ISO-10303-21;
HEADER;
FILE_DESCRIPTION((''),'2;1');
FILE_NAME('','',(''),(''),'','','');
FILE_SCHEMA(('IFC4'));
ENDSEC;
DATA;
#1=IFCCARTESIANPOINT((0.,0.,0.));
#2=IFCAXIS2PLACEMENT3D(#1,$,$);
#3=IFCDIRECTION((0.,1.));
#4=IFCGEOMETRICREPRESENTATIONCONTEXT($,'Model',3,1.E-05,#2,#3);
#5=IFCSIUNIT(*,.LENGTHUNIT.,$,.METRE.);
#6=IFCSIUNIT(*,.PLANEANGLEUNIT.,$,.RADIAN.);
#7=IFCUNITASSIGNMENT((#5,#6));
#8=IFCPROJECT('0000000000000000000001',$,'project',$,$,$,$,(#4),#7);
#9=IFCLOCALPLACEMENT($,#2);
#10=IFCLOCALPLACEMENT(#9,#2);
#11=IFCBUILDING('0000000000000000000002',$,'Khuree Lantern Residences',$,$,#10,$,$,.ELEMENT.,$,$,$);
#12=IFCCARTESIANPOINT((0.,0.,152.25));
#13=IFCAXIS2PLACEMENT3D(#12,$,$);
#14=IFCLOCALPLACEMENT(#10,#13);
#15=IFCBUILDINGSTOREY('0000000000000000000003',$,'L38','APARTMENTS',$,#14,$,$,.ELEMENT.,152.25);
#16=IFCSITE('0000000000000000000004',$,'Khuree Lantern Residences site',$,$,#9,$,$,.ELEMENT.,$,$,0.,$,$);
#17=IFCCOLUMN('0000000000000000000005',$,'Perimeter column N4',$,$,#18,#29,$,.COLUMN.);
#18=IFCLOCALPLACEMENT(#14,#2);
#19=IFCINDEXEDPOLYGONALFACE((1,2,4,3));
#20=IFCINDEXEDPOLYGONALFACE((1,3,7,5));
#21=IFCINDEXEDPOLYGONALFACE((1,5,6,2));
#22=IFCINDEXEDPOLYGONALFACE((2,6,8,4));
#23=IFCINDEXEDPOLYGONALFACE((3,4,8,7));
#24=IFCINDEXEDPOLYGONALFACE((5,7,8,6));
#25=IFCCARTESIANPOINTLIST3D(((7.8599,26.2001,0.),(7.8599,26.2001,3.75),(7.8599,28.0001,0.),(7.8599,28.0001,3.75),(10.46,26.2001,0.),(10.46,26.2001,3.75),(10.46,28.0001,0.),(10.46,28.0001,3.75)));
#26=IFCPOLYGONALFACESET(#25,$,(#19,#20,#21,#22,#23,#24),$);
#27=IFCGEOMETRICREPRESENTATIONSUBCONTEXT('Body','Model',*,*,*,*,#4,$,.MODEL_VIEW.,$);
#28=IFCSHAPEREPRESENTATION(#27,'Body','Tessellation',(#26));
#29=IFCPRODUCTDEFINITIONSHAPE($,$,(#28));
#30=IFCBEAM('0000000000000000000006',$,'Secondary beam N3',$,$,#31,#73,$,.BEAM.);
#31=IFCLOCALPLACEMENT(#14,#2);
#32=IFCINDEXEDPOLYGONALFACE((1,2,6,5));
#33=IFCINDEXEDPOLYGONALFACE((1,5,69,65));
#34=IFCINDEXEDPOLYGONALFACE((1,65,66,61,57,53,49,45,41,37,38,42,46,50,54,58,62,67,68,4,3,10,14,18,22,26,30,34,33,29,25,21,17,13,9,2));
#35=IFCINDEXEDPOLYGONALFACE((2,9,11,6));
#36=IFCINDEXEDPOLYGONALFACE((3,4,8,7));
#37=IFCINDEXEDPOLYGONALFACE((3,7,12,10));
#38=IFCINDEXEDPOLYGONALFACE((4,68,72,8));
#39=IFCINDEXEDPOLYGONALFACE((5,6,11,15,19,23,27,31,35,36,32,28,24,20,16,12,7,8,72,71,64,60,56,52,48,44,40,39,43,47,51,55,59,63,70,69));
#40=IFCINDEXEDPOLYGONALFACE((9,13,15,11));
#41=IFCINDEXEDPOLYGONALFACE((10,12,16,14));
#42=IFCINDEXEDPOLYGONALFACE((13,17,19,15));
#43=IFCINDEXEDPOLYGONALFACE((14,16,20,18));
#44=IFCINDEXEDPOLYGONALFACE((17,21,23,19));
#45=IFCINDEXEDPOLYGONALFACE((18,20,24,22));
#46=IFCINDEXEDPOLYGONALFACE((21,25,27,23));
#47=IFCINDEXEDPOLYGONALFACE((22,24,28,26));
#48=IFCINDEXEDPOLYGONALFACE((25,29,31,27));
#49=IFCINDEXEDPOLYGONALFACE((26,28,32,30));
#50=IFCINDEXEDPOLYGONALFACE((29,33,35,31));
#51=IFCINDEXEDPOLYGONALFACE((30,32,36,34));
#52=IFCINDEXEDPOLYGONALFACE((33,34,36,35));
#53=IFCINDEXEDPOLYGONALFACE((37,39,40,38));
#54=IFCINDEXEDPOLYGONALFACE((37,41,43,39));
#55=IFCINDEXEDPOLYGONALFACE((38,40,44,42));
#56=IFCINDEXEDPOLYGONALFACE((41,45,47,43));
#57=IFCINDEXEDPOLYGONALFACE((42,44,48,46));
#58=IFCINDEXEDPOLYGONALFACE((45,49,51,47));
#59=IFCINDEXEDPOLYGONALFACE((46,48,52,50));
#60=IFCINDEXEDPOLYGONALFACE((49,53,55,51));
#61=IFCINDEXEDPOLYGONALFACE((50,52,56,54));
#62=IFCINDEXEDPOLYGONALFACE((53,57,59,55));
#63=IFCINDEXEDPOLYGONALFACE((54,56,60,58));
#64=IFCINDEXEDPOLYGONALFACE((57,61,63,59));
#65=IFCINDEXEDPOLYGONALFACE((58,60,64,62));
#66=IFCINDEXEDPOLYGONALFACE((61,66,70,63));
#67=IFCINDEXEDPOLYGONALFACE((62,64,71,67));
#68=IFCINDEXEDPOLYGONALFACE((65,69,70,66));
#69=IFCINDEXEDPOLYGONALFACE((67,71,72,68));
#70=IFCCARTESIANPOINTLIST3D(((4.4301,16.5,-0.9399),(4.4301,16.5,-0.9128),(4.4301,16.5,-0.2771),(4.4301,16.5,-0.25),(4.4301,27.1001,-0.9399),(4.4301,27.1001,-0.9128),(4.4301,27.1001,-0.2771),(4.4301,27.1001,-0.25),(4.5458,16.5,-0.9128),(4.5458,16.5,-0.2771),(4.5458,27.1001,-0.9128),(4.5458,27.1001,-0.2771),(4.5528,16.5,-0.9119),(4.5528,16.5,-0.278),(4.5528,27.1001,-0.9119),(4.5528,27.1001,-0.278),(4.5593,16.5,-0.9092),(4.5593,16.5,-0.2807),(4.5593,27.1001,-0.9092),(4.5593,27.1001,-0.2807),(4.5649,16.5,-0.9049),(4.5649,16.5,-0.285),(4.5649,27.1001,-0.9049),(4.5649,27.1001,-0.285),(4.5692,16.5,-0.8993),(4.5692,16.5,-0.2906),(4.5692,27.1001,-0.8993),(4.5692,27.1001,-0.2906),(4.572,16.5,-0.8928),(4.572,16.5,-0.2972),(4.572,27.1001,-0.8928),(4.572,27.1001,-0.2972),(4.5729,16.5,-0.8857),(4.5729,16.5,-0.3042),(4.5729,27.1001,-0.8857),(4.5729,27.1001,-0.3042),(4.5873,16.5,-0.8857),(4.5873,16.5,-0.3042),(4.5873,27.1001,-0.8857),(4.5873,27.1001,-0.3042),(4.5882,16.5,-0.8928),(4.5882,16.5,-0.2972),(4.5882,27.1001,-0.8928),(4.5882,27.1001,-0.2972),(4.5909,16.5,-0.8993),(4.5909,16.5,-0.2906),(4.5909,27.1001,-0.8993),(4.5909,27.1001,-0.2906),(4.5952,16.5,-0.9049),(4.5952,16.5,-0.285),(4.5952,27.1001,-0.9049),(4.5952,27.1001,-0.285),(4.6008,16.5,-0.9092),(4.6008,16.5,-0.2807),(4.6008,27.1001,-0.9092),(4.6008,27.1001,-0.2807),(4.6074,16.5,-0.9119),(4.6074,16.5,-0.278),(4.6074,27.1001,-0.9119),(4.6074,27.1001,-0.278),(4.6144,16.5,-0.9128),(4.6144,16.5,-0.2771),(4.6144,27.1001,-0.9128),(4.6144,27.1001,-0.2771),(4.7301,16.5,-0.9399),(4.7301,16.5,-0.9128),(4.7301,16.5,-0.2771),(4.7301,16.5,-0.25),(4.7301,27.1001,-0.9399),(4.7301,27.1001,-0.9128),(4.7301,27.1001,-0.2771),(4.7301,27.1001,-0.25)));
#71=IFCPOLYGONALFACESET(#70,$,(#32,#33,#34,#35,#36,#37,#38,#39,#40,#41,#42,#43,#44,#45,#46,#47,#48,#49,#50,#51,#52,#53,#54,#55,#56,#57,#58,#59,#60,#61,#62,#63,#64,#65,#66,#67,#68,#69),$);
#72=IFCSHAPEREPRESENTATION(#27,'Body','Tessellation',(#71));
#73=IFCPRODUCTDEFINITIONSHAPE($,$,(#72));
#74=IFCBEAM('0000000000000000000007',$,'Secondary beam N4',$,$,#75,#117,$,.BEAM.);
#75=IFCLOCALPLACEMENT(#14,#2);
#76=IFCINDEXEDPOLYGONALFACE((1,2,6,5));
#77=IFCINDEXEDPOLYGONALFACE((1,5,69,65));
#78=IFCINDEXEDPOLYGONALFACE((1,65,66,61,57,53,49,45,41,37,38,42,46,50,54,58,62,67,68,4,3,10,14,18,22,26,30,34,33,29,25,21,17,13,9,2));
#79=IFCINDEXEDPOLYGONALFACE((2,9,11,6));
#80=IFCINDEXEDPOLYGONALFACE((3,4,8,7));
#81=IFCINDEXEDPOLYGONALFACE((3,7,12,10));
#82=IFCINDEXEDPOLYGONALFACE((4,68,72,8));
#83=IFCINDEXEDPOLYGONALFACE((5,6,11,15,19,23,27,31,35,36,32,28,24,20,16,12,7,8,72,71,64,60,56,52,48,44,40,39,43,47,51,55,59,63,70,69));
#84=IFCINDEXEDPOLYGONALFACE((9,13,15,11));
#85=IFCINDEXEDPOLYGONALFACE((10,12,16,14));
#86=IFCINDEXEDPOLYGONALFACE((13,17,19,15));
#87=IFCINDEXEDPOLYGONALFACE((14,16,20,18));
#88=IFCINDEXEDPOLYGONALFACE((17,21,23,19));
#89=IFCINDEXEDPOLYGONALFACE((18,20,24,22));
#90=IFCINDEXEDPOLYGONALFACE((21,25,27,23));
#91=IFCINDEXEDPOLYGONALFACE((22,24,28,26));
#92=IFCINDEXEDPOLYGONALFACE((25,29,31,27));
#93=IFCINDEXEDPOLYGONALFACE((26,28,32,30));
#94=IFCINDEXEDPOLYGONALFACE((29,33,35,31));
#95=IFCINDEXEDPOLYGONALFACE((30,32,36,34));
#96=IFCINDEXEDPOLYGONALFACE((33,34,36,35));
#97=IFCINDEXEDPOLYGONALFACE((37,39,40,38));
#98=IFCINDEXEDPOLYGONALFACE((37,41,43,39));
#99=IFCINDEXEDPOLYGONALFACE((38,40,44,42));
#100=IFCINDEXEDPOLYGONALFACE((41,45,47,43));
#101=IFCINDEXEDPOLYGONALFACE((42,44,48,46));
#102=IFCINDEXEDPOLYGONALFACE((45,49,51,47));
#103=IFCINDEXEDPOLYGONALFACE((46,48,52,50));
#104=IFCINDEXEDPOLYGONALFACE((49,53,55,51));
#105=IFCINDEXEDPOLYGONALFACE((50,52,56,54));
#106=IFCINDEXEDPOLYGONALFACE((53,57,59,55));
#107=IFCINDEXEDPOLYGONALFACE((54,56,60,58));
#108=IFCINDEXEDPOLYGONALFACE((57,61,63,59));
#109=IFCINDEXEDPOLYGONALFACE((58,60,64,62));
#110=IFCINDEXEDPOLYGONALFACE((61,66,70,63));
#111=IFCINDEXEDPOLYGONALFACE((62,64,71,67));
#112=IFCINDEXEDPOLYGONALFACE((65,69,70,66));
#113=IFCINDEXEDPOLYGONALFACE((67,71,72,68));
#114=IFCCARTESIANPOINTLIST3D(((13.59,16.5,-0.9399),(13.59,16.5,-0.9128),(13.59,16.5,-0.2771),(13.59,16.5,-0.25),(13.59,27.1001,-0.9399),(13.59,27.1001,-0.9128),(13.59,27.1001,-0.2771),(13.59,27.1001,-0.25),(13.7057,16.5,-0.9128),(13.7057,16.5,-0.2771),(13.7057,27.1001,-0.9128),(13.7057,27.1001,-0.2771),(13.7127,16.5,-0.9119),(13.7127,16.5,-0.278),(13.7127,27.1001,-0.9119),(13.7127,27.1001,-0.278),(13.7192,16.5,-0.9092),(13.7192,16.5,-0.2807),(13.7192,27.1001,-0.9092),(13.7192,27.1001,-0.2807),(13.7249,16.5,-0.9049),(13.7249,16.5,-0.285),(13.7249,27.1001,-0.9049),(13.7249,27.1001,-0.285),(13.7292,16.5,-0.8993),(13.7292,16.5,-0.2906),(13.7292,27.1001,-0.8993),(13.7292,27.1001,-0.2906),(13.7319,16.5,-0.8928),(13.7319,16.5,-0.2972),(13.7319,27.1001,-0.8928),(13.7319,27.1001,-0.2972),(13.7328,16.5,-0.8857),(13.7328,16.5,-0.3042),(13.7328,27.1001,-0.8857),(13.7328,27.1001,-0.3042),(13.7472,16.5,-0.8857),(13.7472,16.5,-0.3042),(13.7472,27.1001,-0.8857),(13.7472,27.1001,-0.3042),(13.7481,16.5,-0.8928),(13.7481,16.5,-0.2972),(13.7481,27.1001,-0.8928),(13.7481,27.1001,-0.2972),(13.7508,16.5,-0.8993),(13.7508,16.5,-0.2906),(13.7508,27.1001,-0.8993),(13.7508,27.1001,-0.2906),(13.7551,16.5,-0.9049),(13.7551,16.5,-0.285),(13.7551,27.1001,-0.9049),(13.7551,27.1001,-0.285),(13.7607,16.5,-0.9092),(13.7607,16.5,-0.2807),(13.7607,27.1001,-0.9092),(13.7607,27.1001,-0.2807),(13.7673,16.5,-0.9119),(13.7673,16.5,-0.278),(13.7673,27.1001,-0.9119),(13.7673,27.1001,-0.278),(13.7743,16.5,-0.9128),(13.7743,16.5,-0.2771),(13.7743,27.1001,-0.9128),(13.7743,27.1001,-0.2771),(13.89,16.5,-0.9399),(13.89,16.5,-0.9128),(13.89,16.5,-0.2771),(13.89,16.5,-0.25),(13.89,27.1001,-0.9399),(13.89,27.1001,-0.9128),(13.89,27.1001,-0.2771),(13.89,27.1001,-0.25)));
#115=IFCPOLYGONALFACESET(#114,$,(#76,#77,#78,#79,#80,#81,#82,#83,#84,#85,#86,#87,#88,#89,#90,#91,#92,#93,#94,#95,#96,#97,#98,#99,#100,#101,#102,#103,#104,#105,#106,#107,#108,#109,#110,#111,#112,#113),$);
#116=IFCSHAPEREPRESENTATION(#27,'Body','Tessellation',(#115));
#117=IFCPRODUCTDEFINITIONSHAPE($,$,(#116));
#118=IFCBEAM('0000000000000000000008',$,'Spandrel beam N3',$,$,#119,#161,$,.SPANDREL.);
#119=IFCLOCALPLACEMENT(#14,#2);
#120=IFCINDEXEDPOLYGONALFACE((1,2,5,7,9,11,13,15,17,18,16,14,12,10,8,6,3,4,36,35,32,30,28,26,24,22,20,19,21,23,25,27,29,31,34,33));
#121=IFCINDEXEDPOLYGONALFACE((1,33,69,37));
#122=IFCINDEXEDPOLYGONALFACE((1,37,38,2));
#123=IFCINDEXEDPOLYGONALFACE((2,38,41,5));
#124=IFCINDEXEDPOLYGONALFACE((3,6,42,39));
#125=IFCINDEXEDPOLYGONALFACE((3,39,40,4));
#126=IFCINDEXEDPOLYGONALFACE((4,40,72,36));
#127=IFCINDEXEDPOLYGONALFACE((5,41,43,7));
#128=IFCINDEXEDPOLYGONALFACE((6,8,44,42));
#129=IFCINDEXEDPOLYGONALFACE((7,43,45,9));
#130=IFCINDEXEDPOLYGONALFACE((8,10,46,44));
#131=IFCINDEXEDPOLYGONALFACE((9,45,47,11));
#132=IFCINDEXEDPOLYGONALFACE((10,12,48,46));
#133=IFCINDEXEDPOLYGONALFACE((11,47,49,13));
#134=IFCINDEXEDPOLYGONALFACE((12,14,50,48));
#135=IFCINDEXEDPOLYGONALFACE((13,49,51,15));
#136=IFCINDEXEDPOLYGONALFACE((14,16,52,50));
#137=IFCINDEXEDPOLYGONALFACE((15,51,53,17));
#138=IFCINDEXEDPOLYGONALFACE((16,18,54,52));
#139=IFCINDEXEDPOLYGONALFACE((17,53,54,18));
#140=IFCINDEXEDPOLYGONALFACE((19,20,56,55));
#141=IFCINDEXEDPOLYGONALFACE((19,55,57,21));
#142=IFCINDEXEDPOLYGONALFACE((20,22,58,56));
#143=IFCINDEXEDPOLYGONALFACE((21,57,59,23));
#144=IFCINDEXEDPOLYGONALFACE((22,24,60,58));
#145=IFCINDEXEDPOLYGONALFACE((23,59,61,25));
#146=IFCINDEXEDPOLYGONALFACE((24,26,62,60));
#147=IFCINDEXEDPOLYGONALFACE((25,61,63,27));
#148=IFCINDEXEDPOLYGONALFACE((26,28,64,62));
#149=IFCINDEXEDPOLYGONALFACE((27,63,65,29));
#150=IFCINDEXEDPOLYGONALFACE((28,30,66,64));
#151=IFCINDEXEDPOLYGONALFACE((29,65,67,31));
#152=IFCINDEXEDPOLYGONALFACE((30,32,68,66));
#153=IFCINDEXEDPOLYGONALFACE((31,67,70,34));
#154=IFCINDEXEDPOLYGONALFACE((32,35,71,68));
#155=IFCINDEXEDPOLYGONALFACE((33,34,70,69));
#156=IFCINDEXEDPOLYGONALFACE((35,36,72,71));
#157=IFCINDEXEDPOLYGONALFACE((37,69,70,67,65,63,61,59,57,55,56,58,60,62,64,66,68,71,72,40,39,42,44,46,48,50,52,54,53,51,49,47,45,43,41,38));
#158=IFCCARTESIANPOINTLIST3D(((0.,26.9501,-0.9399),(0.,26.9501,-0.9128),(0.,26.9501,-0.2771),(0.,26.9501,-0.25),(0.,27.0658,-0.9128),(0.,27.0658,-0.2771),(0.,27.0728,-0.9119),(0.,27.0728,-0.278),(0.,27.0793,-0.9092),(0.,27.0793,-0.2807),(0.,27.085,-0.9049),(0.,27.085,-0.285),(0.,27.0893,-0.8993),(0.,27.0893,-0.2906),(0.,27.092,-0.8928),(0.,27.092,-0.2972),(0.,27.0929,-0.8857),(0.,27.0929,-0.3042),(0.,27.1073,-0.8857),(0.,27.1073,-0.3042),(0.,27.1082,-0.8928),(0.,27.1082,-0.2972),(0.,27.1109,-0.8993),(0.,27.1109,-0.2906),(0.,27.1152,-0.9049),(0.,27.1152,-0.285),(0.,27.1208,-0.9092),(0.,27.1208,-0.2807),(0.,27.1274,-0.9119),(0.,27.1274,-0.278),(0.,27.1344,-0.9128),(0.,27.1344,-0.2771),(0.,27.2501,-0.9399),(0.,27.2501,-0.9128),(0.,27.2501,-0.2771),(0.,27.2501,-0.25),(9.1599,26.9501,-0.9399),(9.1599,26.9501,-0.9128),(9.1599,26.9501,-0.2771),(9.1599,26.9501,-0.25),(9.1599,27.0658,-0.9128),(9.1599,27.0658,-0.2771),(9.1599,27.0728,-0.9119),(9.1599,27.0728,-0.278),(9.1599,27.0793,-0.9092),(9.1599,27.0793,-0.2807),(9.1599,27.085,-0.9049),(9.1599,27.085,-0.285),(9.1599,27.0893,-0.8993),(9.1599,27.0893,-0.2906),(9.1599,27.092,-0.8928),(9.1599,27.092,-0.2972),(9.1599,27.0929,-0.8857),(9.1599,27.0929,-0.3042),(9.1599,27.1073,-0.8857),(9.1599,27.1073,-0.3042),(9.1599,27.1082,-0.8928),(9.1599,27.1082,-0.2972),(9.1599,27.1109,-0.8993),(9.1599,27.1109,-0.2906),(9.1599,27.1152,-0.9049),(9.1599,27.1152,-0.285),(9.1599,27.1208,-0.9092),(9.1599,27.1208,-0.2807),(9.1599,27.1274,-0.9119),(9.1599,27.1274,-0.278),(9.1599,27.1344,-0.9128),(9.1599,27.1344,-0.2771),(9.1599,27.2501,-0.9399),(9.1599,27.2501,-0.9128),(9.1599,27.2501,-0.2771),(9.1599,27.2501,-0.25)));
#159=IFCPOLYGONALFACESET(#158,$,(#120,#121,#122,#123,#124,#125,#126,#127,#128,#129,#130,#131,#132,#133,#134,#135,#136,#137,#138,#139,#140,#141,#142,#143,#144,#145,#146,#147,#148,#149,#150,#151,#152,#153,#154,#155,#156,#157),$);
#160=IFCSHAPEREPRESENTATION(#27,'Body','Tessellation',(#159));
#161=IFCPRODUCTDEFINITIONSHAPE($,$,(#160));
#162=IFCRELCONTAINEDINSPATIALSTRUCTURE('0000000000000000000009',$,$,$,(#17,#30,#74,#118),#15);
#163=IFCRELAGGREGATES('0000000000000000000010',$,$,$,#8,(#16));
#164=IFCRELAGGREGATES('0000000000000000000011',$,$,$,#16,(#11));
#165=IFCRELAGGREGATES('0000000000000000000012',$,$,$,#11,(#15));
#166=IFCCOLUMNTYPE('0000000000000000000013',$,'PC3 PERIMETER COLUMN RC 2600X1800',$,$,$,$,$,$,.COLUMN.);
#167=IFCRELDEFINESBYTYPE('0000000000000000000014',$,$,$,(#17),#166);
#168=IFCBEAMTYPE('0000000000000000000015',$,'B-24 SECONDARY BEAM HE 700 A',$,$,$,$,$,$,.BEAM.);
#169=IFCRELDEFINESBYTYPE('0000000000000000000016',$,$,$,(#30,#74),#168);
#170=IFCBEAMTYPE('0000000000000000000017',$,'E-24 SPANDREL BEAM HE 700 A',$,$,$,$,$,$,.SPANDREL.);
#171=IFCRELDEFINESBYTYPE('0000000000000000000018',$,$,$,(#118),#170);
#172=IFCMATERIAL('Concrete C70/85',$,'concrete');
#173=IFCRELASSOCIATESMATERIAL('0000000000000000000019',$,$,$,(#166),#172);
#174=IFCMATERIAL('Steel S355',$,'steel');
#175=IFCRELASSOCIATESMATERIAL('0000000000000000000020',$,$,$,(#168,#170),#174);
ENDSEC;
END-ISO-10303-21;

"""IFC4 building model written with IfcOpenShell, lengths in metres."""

from ifc_helpers import new_model, si_unit, direction, frame, origin, origin_2d, place, context, subcontext, project, spatial, rectangle, i_section, extrude, material, material_profile, profile_set, type_object, element, save


model = new_model("IFC4")

# Units and contexts
model_context = context("Model", 3, precision=1e-05, world=origin(), true_north=direction((0.0, 1.0)))
body_context = subcontext(model_context, "Body", "Model", "MODEL_VIEW")
ifc_project = project(units=[si_unit("LENGTHUNIT", "METRE"), si_unit("PLANEANGLEUNIT", "RADIAN")], contexts=[model_context])

# Site, building, storey
site_placement = place(None, origin())
site = spatial("IfcSite", under=ifc_project, at=site_placement, Name="Khuree Lantern Residences site", CompositionType="ELEMENT", RefElevation=0.0)
building_placement = place(site_placement, origin())
building = spatial("IfcBuilding", under=site, at=building_placement, Name="Khuree Lantern Residences", CompositionType="ELEMENT")
storey_placement = place(building_placement, frame((0.0, 0.0, 152.25)))
storey = spatial("IfcBuildingStorey", under=building, at=storey_placement, Name="L38", Description="APARTMENTS", CompositionType="ELEMENT", Elevation=152.25)

# Column
ifc_material_1 = material(Name="Concrete C70/85", Category="concrete")
ifc_material_profile_1 = material_profile(ifc_material_1, rectangle(XDim=2.6001, YDim=1.8, at=origin_2d()), Name="RC 2600X1800")
ifc_profile_set_1 = profile_set([ifc_material_profile_1], Name="Concrete C70/85")
column_type = type_object("IfcColumnType", Name="PC3 PERIMETER COLUMN RC 2600X1800", PredefinedType="COLUMN", material=ifc_profile_set_1)
column_placement = place(storey_placement, frame((9.1599, 27.1001, 0.0), z_axis=(0.0, 0.0, 1.0), x_axis=(1.0, 0.0, 0.0)))
element("IfcColumn", 1, at=column_placement, inside=storey, type_object=column_type, Name="Perimeter column N4", PredefinedType="COLUMN", context=body_context, shape_type="SweptSolid", body=[
    extrude(rectangle(XDim=2.6001, YDim=1.8, at=origin_2d()), origin(), (0.0, 0.0, 1.0), 3.75),
])

# Beams
ifc_material_2 = material(Name="Steel S355", Category="steel")
ifc_material_profile_2 = material_profile(ifc_material_2, i_section(OverallWidth=0.3, OverallDepth=0.6899, WebThickness=0.0144, FlangeThickness=0.0271, FilletRadius=0.0271, at=origin_2d()), Name="HE 700 A")
ifc_profile_set_2 = profile_set([ifc_material_profile_2], Name="Steel S355")
beam_type_1 = type_object("IfcBeamType", Name="B-24 SECONDARY BEAM HE 700 A", PredefinedType="BEAM", material=ifc_profile_set_2)
for number, where, z_axis, x_axis, name in (
    (2, (4.5801, 27.1001, -0.595), (0.0, -1.0, 0.0), (1.0, 0.0, 0.0), "Secondary beam N3"),
    (3, (13.74, 27.1001, -0.595), (0.0, -1.0, 0.0), (1.0, 0.0, 0.0), "Secondary beam N4"),
):
    element("IfcBeam", number, at=place(storey_placement, frame(where, z_axis=z_axis, x_axis=x_axis)), inside=storey, type_object=beam_type_1, Name=name, PredefinedType="BEAM", context=body_context, shape_type="SweptSolid", body=[
        extrude(i_section(OverallWidth=0.3, OverallDepth=0.6899, WebThickness=0.0144, FlangeThickness=0.0271, FilletRadius=0.0271, at=origin_2d()), origin(), (0.0, 0.0, 1.0), 10.6001),
    ])
ifc_material_profile_3 = material_profile(ifc_material_2, i_section(OverallWidth=0.3, OverallDepth=0.6899, WebThickness=0.0144, FlangeThickness=0.0271, FilletRadius=0.0271, at=origin_2d()), Name="HE 700 A")
ifc_profile_set_3 = profile_set([ifc_material_profile_3], Name="Steel S355")
beam_type_2 = type_object("IfcBeamType", Name="E-24 SPANDREL BEAM HE 700 A", PredefinedType="SPANDREL", material=ifc_profile_set_3)
beam_1_placement = place(storey_placement, frame((0.0, 27.1001, -0.595), z_axis=(1.0, 0.0, 0.0), x_axis=(0.0, 1.0, 0.0)))
element("IfcBeam", 4, at=beam_1_placement, inside=storey, type_object=beam_type_2, Name="Spandrel beam N3", PredefinedType="SPANDREL", context=body_context, shape_type="SweptSolid", body=[
    extrude(i_section(OverallWidth=0.3, OverallDepth=0.6899, WebThickness=0.0144, FlangeThickness=0.0271, FilletRadius=0.0271, at=origin_2d()), origin(), (0.0, 0.0, 1.0), 9.1599),
])

save(model, "model.ifc")
